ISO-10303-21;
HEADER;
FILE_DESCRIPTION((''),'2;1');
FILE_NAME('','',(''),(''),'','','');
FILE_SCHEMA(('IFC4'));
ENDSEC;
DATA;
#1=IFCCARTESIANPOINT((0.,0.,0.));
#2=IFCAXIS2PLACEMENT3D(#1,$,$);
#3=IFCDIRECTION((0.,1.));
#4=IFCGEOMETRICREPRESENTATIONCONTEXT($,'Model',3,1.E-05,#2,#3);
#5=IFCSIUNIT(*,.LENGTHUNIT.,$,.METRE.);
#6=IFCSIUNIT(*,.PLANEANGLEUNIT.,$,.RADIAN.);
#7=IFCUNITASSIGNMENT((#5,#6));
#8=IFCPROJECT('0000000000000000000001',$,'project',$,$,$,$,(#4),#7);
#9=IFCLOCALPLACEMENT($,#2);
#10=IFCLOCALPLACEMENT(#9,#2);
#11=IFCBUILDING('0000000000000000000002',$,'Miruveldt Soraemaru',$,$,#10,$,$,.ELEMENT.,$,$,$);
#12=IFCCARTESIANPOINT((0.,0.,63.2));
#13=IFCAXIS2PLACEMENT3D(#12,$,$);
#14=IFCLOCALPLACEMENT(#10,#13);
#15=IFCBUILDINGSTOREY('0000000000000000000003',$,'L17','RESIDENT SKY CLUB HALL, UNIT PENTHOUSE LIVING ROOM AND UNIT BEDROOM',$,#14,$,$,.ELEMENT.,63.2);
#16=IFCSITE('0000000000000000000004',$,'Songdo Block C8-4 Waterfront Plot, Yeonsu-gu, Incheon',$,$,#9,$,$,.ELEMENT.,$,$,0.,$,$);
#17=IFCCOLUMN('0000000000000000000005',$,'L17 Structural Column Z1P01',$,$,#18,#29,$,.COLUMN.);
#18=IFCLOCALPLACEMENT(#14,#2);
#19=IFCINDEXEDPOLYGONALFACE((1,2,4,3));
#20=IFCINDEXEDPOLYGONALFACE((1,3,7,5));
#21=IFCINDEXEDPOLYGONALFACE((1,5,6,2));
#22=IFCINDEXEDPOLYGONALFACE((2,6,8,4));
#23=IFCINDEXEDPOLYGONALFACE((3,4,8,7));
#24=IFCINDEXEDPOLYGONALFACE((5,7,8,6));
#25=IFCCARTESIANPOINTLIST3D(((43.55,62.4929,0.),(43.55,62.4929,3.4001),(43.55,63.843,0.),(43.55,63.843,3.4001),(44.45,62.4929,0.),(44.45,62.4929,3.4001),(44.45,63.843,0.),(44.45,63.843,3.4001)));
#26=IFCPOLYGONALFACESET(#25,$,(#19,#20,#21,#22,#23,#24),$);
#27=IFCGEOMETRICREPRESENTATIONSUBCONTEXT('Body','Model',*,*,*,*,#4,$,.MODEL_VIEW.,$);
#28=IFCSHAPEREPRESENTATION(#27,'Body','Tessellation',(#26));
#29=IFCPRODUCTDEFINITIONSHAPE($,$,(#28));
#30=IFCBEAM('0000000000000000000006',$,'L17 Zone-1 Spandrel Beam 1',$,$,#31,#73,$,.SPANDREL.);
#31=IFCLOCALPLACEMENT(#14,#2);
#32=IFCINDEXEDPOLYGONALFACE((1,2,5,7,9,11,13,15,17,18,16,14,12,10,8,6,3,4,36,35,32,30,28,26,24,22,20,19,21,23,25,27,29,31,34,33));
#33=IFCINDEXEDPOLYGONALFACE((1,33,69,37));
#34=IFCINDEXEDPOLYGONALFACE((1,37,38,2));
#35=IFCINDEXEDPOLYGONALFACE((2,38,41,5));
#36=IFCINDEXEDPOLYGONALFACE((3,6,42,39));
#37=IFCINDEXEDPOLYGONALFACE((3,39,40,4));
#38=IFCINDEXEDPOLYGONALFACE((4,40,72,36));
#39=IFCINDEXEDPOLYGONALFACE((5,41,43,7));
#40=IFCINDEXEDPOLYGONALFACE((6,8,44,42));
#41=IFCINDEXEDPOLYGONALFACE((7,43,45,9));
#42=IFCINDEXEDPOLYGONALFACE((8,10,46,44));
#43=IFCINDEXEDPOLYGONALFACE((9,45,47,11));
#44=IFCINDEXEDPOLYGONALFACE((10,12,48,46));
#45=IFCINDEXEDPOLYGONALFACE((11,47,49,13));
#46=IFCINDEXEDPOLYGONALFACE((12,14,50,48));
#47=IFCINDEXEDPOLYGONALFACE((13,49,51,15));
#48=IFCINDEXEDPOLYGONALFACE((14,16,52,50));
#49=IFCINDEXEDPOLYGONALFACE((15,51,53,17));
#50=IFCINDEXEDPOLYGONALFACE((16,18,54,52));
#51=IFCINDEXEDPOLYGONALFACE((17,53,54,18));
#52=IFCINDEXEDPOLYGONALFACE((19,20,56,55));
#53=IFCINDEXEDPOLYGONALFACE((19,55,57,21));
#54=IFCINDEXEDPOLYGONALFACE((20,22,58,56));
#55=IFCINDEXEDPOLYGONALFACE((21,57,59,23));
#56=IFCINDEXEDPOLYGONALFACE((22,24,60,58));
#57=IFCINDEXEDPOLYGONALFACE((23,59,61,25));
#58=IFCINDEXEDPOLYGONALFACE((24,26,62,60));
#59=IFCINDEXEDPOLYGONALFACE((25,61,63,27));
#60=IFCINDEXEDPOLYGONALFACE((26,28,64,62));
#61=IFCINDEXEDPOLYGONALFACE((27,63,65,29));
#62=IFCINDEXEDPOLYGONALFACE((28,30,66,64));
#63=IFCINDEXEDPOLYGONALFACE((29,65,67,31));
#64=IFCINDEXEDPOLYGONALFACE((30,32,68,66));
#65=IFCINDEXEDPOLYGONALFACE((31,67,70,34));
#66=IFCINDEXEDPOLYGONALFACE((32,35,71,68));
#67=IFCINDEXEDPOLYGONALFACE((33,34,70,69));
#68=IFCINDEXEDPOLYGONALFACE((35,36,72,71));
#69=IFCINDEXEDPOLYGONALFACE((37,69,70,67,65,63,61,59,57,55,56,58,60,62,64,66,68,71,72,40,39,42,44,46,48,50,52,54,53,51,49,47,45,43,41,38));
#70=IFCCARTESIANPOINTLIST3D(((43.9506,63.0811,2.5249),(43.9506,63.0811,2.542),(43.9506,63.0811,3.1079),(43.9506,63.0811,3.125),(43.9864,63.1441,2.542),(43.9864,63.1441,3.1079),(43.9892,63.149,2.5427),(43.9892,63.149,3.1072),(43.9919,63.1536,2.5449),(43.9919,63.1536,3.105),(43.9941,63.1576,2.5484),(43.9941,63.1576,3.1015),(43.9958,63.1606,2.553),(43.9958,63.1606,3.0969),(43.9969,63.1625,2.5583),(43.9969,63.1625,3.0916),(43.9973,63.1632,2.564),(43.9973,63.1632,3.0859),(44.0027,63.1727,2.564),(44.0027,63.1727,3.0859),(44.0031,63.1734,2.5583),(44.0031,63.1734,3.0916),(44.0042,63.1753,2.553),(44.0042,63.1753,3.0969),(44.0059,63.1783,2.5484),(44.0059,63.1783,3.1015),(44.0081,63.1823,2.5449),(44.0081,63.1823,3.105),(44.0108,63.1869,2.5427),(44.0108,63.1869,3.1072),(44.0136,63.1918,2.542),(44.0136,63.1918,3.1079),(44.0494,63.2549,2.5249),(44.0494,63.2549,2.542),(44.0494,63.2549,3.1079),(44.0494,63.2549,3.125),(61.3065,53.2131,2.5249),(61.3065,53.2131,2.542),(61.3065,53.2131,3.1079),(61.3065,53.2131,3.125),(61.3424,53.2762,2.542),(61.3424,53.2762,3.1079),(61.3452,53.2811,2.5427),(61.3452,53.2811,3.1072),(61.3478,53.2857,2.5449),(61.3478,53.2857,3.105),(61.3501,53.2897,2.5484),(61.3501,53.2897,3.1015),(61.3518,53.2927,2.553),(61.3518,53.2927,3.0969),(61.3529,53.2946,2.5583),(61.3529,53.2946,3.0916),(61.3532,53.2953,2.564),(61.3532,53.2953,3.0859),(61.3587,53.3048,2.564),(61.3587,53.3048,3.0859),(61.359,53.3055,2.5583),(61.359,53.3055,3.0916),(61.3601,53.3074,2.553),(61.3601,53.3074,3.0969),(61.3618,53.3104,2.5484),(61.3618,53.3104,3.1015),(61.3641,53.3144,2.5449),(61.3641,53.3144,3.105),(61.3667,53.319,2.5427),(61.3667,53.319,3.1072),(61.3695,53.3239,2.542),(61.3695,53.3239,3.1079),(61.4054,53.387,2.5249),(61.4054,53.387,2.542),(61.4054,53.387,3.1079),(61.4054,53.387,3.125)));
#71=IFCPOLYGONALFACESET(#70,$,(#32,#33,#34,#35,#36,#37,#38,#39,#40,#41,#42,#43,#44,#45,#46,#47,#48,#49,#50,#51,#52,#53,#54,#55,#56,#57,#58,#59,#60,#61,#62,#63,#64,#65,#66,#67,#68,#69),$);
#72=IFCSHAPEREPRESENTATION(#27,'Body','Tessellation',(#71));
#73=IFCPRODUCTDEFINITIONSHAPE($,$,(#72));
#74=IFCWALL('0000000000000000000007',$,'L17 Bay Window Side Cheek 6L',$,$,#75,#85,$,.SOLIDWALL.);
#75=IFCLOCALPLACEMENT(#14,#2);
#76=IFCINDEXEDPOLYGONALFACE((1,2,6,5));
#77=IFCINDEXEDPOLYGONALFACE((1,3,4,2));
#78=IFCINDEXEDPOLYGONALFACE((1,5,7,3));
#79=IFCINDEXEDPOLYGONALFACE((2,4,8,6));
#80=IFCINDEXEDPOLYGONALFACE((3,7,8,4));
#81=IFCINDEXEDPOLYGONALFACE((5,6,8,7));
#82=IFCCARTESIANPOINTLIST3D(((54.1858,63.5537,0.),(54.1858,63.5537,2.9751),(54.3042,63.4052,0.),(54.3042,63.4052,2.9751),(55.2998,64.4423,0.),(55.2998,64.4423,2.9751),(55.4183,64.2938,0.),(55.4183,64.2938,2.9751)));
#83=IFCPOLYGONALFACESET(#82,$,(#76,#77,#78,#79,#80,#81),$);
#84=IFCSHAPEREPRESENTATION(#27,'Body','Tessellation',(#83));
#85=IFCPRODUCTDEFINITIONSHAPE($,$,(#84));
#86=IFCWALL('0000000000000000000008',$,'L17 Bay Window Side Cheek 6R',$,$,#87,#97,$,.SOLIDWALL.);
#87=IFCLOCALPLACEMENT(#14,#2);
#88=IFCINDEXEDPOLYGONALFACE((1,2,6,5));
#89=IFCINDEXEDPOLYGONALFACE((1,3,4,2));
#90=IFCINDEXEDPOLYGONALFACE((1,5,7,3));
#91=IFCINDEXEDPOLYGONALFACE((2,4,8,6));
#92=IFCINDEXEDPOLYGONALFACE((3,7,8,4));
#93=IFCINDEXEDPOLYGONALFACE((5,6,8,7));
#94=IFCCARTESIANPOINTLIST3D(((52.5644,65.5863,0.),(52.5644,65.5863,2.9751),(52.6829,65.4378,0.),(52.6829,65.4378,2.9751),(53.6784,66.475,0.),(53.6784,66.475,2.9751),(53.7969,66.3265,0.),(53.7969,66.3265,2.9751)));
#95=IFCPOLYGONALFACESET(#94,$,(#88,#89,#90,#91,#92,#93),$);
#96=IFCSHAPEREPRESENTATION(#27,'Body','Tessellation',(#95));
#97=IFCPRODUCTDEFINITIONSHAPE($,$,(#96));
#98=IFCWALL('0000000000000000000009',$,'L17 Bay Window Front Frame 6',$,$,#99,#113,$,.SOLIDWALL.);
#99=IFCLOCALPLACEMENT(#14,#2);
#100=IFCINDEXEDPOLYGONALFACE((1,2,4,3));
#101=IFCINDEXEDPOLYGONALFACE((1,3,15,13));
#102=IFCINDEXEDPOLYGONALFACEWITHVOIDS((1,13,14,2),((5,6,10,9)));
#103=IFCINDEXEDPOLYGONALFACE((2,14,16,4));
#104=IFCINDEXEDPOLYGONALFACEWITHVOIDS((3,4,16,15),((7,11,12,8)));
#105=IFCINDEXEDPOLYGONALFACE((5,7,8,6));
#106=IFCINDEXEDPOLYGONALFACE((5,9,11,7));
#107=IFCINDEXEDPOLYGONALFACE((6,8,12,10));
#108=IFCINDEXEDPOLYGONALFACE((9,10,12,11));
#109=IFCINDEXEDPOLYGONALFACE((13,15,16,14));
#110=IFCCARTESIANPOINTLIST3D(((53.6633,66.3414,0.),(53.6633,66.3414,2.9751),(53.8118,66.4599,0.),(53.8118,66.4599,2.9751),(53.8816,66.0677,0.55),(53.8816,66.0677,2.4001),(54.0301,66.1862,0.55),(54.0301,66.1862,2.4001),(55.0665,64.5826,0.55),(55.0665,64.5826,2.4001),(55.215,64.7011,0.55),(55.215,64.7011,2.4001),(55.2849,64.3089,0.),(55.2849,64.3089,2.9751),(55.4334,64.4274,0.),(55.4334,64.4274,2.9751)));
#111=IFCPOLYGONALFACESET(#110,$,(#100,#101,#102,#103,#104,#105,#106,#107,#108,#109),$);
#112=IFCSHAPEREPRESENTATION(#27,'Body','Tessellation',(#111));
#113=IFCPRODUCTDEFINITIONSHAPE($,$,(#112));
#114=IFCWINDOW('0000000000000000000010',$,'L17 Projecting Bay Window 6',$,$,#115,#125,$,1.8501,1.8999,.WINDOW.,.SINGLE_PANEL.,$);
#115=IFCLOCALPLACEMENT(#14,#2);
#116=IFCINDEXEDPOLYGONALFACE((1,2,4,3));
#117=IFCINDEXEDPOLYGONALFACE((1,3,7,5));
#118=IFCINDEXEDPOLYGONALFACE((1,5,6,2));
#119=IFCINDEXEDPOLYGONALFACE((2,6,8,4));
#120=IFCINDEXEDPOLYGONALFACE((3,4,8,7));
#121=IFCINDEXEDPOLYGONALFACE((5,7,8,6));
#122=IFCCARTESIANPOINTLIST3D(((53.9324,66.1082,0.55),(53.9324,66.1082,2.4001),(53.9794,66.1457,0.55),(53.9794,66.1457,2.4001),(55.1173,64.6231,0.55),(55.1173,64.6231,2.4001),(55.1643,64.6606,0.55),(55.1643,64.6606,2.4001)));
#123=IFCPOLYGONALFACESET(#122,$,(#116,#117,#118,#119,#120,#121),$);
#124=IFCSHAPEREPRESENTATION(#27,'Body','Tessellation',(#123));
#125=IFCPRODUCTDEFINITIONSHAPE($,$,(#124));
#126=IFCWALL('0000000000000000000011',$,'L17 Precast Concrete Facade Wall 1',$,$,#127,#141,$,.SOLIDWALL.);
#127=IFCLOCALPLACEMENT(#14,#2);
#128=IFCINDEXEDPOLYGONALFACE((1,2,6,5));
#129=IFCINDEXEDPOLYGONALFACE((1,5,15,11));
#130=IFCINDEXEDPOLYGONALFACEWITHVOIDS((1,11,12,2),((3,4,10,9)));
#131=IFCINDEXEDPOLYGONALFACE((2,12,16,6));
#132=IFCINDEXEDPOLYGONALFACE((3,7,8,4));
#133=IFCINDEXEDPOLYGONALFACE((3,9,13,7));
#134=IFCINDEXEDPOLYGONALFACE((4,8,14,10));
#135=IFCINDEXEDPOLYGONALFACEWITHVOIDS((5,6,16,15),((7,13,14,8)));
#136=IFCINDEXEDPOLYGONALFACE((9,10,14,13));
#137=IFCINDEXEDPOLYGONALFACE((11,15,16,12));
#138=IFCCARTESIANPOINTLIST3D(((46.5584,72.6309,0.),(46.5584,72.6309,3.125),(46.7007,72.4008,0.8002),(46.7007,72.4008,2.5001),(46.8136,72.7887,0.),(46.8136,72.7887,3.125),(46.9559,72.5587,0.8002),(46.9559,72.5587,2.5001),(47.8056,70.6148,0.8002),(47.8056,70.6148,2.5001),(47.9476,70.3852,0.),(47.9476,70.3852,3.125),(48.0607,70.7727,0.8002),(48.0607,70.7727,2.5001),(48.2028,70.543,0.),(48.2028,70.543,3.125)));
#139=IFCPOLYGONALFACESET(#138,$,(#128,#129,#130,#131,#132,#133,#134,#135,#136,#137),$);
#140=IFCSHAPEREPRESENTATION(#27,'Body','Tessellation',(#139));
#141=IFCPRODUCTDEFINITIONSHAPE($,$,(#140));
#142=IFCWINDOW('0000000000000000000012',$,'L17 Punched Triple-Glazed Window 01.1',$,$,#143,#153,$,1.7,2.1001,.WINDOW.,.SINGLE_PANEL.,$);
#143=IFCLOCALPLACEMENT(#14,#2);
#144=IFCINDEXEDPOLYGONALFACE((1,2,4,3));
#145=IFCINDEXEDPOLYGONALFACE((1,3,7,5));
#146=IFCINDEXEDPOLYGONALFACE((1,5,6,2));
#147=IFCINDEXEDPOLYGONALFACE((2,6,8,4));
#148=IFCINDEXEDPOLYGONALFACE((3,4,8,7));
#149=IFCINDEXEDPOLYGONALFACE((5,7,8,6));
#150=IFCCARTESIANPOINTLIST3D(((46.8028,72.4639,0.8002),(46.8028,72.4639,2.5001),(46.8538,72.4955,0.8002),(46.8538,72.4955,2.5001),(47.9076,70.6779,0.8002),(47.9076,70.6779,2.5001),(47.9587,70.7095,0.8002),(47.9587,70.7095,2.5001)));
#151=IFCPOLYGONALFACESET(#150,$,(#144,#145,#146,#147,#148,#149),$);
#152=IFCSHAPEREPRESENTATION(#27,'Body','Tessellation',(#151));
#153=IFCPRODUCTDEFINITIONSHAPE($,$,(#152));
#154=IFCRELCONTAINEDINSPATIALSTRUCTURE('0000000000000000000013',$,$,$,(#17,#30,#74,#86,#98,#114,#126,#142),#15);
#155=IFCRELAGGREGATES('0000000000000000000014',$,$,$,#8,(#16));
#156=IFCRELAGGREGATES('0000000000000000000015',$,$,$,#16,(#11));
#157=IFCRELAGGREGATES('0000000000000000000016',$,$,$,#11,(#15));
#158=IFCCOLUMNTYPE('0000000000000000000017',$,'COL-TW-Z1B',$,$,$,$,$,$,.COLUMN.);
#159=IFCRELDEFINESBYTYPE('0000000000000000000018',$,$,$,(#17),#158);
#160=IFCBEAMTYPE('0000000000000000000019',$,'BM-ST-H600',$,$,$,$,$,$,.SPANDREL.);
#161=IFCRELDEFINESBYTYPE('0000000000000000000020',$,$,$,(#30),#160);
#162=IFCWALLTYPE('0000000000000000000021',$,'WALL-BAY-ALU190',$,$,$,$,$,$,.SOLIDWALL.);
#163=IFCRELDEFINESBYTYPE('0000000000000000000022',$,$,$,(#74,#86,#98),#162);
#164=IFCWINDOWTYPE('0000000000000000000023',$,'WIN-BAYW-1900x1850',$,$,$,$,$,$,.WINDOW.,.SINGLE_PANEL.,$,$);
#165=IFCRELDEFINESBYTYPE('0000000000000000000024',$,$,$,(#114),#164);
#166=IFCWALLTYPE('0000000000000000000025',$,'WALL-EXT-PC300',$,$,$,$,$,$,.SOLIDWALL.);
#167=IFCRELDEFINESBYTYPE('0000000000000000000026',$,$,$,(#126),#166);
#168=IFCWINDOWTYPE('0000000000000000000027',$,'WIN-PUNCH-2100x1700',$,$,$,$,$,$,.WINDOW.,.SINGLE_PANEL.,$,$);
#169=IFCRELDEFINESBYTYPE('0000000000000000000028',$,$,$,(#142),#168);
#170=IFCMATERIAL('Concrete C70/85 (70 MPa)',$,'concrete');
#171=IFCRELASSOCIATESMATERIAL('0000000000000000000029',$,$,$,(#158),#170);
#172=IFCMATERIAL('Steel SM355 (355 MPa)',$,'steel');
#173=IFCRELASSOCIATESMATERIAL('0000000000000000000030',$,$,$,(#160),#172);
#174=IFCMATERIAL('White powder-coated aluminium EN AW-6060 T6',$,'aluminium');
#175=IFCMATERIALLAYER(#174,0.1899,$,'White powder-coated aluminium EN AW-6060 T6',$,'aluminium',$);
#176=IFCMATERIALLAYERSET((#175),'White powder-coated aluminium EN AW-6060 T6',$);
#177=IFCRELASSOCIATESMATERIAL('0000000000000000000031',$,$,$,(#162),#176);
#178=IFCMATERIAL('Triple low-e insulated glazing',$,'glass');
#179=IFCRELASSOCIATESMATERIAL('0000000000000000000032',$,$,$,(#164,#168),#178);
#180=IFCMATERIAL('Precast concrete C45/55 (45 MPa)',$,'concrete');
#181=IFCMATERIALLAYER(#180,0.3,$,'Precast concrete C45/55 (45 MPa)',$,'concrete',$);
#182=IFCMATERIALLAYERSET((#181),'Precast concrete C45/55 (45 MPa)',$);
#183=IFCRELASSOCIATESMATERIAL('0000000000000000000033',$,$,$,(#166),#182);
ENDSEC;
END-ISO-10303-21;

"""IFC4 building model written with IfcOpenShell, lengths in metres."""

from ifc_helpers import new_model, si_unit, direction, frame, frame_2d, origin, origin_2d, place, context, subcontext, project, spatial, rectangle, i_section, extrude, material, layer, layer_set, material_profile, profile_set, type_object, element, fill, save


model = new_model("IFC4")

# Units and contexts
model_context = context("Model", 3, precision=1e-05, world=origin(), true_north=direction((0.0, 1.0)))
body_context = subcontext(model_context, "Body", "Model", "MODEL_VIEW")
ifc_project = project(units=[si_unit("LENGTHUNIT", "METRE"), si_unit("PLANEANGLEUNIT", "RADIAN")], contexts=[model_context])

# Site, building, storey
site_placement = place(None, origin())
site = spatial("IfcSite", under=ifc_project, at=site_placement, Name="Songdo Block C8-4 Waterfront Plot, Yeonsu-gu, Incheon", CompositionType="ELEMENT", RefElevation=0.0)
building_placement = place(site_placement, origin())
building = spatial("IfcBuilding", under=site, at=building_placement, Name="Miruveldt Soraemaru", CompositionType="ELEMENT")
storey_placement = place(building_placement, frame((0.0, 0.0, 63.2)))
storey = spatial("IfcBuildingStorey", under=building, at=storey_placement, Name="L17", Description="RESIDENT SKY CLUB HALL, UNIT PENTHOUSE LIVING ROOM AND UNIT BEDROOM", CompositionType="ELEMENT", Elevation=63.2)

# Column
ifc_material_1 = material(Name="Concrete C70/85 (70 MPa)", Category="concrete")
ifc_material_profile_1 = material_profile(ifc_material_1, rectangle(XDim=1.3501, YDim=0.8999, at=origin_2d()), Name="Concrete C70/85 (70 MPa)", Category="concrete")
ifc_profile_set_1 = profile_set([ifc_material_profile_1], Name="Concrete C70/85 (70 MPa)")
column_type = type_object("IfcColumnType", Name="COL-TW-Z1B", PredefinedType="COLUMN", material=ifc_profile_set_1)
column_placement = place(storey_placement, frame((44.0, 63.168, 0.0), z_axis=(0.0, 0.0, 1.0), x_axis=(0.0, 1.0, 0.0)))
element("IfcColumn", 1, at=column_placement, inside=storey, type_object=column_type, Name="L17 Structural Column Z1P01", PredefinedType="COLUMN", context=body_context, shape_type="SweptSolid", body=[
    extrude(rectangle(XDim=1.3501, YDim=0.8999, at=origin_2d()), origin(), (0.0, 0.0, 1.0), 3.4001),
])

# Beam
ifc_material_2 = material(Name="Steel SM355 (355 MPa)", Category="steel")
ifc_material_profile_2 = material_profile(ifc_material_2, i_section(OverallWidth=0.2, OverallDepth=0.6001, WebThickness=0.011, FlangeThickness=0.0171, FilletRadius=0.022, at=origin_2d()), Name="Steel SM355 (355 MPa)", Category="steel")
ifc_profile_set_2 = profile_set([ifc_material_profile_2], Name="Steel SM355 (355 MPa)")
beam_type = type_object("IfcBeamType", Name="BM-ST-H600", PredefinedType="SPANDREL", material=ifc_profile_set_2)
beam_placement = place(storey_placement, frame((44.0, 63.168, 2.825), z_axis=(0.869315, -0.494259, 0.0), x_axis=(0.494259, 0.869315, 0.0)))
element("IfcBeam", 2, at=beam_placement, inside=storey, type_object=beam_type, Name="L17 Zone-1 Spandrel Beam 1", PredefinedType="SPANDREL", context=body_context, shape_type="SweptSolid", body=[
    extrude(i_section(OverallWidth=0.2, OverallDepth=0.6001, WebThickness=0.011, FlangeThickness=0.0171, FilletRadius=0.022, at=origin_2d()), origin(), (0.0, 0.0, 1.0), 19.9651),
])

# Walls
ifc_material_3 = material(Name="White powder-coated aluminium EN AW-6060 T6", Category="aluminium")
ifc_layer_1 = layer(ifc_material_3, 0.1899, Name="White powder-coated aluminium EN AW-6060 T6", Category="aluminium")
ifc_layer_set_1 = layer_set([ifc_layer_1], Name="White powder-coated aluminium EN AW-6060 T6")
wall_type_1 = type_object("IfcWallType", Name="WALL-BAY-ALU190", PredefinedType="SOLIDWALL", material=ifc_layer_set_1)
for number, where, z_axis, x_axis, name in (
    (3, (54.2451, 63.4795, 0.0), (0.0, 0.0, 1.0), (0.781737, 0.623608, 0.0), "L17 Bay Window Side Cheek 6L"),
    (4, (53.7375, 66.4006, 0.0), (0.0, 0.0, 1.0), (-0.781737, -0.623608, 0.0), "L17 Bay Window Side Cheek 6R"),
):
    element("IfcWall", number, at=place(storey_placement, frame(where, z_axis=z_axis, x_axis=x_axis)), inside=storey, type_object=wall_type_1, Name=name, PredefinedType="SOLIDWALL", context=body_context, shape_type="SweptSolid", body=[
        extrude(rectangle(XDim=1.425, YDim=0.1899, at=frame_2d((0.7124, 0.0))), origin(), (0.0, 0.0, 1.0), 2.9751),
    ])

# Walls, openings, windows
wall_1_placement = place(storey_placement, frame((55.3591, 64.3682, 0.0), z_axis=(0.0, 0.0, 1.0), x_axis=(-0.623664, 0.781693, 0.0)))
wall_1 = element("IfcWall", 5, at=wall_1_placement, inside=storey, type_object=wall_type_1, Name="L17 Bay Window Front Frame 6", PredefinedType="SOLIDWALL", context=body_context, shape_type="SweptSolid", body=[
    extrude(rectangle(XDim=2.6001, YDim=0.1899, at=frame_2d((1.3, 0.0))), origin(), (0.0, 0.0, 1.0), 2.9751),
])
opening_1_placement = place(wall_1_placement, frame((0.3501, 0.0, 0.55)))
opening_1 = element("IfcOpeningElement", 6, at=opening_1_placement, cuts=wall_1, PredefinedType="OPENING", context=body_context, shape_type="SweptSolid", body=[
    extrude(rectangle(XDim=1.8999, YDim=1.8501, at=frame_2d((0.95, 0.925))), frame((0.0, 0.105, 0.0), z_axis=(0.0, -1.0, 0.0), x_axis=(1.0, 0.0, 0.0)), (0.0, 0.0, 1.0), 0.21),
])
ifc_material_4 = material(Name="Triple low-e insulated glazing", Category="glass")
window_type_1 = type_object("IfcWindowType", Name="WIN-BAYW-1900x1850", PartitioningType="SINGLE_PANEL", PredefinedType="WINDOW", material=ifc_material_4)
window_1_placement = place(opening_1_placement, origin())
window_1 = element("IfcWindow", 7, at=window_1_placement, inside=storey, type_object=window_type_1, Name="L17 Projecting Bay Window 6", OverallHeight=1.8501, OverallWidth=1.8999, PartitioningType="SINGLE_PANEL", PredefinedType="WINDOW", context=body_context, shape_type="SweptSolid", body=[
    extrude(rectangle(XDim=1.8999, YDim=1.8501, at=frame_2d((0.95, 0.925))), frame((0.0, 0.03, 0.0), z_axis=(0.0, -1.0, 0.0), x_axis=(1.0, 0.0, 0.0)), (0.0, 0.0, 1.0), 0.0601),
])
fill(opening_1, window_1)
ifc_material_5 = material(Name="Precast concrete C45/55 (45 MPa)", Category="concrete")
ifc_layer_2 = layer(ifc_material_5, 0.3, Name="Precast concrete C45/55 (45 MPa)", Category="concrete")
ifc_layer_set_2 = layer_set([ifc_layer_2], Name="Precast concrete C45/55 (45 MPa)")
wall_type_2 = type_object("IfcWallType", Name="WALL-EXT-PC300", PredefinedType="SOLIDWALL", material=ifc_layer_set_2)
wall_2_placement = place(storey_placement, frame((48.0752, 70.4641, 0.0), z_axis=(0.0, 0.0, 1.0), x_axis=(-0.526087, 0.850431, 0.0)))
wall_2 = element("IfcWall", 8, at=wall_2_placement, inside=storey, type_object=wall_type_2, Name="L17 Precast Concrete Facade Wall 1", PredefinedType="SOLIDWALL", context=body_context, shape_type="SweptSolid", body=[
    extrude(rectangle(XDim=2.6406, YDim=0.3, at=frame_2d((1.3203, 0.0))), origin(), (0.0, 0.0, 1.0), 3.125),
])
opening_2_placement = place(wall_2_placement, frame((0.27, 0.0, 0.8)))
opening_2 = element("IfcOpeningElement", 9, at=opening_2_placement, cuts=wall_2, PredefinedType="OPENING", context=body_context, shape_type="SweptSolid", body=[
    extrude(rectangle(XDim=2.1001, YDim=1.7, at=frame_2d((1.05, 0.8501))), frame((0.0, 0.1602, 0.0), z_axis=(0.0, -1.0, 0.0), x_axis=(1.0, 0.0, 0.0)), (0.0, 0.0, 1.0), 0.3201),
])
window_type_2 = type_object("IfcWindowType", Name="WIN-PUNCH-2100x1700", PartitioningType="SINGLE_PANEL", PredefinedType="WINDOW", material=ifc_material_4)
window_2_placement = place(opening_2_placement, origin())
window_2 = element("IfcWindow", 10, at=window_2_placement, inside=storey, type_object=window_type_2, Name="L17 Punched Triple-Glazed Window 01.1", OverallHeight=1.7, OverallWidth=2.1001, PartitioningType="SINGLE_PANEL", PredefinedType="WINDOW", context=body_context, shape_type="SweptSolid", body=[
    extrude(rectangle(XDim=2.1001, YDim=1.7, at=frame_2d((1.05, 0.8501))), frame((0.0, 0.03, 0.0), z_axis=(0.0, -1.0, 0.0), x_axis=(1.0, 0.0, 0.0)), (0.0, 0.0, 1.0), 0.0601),
])
fill(opening_2, window_2)

save(model, "model.ifc")
